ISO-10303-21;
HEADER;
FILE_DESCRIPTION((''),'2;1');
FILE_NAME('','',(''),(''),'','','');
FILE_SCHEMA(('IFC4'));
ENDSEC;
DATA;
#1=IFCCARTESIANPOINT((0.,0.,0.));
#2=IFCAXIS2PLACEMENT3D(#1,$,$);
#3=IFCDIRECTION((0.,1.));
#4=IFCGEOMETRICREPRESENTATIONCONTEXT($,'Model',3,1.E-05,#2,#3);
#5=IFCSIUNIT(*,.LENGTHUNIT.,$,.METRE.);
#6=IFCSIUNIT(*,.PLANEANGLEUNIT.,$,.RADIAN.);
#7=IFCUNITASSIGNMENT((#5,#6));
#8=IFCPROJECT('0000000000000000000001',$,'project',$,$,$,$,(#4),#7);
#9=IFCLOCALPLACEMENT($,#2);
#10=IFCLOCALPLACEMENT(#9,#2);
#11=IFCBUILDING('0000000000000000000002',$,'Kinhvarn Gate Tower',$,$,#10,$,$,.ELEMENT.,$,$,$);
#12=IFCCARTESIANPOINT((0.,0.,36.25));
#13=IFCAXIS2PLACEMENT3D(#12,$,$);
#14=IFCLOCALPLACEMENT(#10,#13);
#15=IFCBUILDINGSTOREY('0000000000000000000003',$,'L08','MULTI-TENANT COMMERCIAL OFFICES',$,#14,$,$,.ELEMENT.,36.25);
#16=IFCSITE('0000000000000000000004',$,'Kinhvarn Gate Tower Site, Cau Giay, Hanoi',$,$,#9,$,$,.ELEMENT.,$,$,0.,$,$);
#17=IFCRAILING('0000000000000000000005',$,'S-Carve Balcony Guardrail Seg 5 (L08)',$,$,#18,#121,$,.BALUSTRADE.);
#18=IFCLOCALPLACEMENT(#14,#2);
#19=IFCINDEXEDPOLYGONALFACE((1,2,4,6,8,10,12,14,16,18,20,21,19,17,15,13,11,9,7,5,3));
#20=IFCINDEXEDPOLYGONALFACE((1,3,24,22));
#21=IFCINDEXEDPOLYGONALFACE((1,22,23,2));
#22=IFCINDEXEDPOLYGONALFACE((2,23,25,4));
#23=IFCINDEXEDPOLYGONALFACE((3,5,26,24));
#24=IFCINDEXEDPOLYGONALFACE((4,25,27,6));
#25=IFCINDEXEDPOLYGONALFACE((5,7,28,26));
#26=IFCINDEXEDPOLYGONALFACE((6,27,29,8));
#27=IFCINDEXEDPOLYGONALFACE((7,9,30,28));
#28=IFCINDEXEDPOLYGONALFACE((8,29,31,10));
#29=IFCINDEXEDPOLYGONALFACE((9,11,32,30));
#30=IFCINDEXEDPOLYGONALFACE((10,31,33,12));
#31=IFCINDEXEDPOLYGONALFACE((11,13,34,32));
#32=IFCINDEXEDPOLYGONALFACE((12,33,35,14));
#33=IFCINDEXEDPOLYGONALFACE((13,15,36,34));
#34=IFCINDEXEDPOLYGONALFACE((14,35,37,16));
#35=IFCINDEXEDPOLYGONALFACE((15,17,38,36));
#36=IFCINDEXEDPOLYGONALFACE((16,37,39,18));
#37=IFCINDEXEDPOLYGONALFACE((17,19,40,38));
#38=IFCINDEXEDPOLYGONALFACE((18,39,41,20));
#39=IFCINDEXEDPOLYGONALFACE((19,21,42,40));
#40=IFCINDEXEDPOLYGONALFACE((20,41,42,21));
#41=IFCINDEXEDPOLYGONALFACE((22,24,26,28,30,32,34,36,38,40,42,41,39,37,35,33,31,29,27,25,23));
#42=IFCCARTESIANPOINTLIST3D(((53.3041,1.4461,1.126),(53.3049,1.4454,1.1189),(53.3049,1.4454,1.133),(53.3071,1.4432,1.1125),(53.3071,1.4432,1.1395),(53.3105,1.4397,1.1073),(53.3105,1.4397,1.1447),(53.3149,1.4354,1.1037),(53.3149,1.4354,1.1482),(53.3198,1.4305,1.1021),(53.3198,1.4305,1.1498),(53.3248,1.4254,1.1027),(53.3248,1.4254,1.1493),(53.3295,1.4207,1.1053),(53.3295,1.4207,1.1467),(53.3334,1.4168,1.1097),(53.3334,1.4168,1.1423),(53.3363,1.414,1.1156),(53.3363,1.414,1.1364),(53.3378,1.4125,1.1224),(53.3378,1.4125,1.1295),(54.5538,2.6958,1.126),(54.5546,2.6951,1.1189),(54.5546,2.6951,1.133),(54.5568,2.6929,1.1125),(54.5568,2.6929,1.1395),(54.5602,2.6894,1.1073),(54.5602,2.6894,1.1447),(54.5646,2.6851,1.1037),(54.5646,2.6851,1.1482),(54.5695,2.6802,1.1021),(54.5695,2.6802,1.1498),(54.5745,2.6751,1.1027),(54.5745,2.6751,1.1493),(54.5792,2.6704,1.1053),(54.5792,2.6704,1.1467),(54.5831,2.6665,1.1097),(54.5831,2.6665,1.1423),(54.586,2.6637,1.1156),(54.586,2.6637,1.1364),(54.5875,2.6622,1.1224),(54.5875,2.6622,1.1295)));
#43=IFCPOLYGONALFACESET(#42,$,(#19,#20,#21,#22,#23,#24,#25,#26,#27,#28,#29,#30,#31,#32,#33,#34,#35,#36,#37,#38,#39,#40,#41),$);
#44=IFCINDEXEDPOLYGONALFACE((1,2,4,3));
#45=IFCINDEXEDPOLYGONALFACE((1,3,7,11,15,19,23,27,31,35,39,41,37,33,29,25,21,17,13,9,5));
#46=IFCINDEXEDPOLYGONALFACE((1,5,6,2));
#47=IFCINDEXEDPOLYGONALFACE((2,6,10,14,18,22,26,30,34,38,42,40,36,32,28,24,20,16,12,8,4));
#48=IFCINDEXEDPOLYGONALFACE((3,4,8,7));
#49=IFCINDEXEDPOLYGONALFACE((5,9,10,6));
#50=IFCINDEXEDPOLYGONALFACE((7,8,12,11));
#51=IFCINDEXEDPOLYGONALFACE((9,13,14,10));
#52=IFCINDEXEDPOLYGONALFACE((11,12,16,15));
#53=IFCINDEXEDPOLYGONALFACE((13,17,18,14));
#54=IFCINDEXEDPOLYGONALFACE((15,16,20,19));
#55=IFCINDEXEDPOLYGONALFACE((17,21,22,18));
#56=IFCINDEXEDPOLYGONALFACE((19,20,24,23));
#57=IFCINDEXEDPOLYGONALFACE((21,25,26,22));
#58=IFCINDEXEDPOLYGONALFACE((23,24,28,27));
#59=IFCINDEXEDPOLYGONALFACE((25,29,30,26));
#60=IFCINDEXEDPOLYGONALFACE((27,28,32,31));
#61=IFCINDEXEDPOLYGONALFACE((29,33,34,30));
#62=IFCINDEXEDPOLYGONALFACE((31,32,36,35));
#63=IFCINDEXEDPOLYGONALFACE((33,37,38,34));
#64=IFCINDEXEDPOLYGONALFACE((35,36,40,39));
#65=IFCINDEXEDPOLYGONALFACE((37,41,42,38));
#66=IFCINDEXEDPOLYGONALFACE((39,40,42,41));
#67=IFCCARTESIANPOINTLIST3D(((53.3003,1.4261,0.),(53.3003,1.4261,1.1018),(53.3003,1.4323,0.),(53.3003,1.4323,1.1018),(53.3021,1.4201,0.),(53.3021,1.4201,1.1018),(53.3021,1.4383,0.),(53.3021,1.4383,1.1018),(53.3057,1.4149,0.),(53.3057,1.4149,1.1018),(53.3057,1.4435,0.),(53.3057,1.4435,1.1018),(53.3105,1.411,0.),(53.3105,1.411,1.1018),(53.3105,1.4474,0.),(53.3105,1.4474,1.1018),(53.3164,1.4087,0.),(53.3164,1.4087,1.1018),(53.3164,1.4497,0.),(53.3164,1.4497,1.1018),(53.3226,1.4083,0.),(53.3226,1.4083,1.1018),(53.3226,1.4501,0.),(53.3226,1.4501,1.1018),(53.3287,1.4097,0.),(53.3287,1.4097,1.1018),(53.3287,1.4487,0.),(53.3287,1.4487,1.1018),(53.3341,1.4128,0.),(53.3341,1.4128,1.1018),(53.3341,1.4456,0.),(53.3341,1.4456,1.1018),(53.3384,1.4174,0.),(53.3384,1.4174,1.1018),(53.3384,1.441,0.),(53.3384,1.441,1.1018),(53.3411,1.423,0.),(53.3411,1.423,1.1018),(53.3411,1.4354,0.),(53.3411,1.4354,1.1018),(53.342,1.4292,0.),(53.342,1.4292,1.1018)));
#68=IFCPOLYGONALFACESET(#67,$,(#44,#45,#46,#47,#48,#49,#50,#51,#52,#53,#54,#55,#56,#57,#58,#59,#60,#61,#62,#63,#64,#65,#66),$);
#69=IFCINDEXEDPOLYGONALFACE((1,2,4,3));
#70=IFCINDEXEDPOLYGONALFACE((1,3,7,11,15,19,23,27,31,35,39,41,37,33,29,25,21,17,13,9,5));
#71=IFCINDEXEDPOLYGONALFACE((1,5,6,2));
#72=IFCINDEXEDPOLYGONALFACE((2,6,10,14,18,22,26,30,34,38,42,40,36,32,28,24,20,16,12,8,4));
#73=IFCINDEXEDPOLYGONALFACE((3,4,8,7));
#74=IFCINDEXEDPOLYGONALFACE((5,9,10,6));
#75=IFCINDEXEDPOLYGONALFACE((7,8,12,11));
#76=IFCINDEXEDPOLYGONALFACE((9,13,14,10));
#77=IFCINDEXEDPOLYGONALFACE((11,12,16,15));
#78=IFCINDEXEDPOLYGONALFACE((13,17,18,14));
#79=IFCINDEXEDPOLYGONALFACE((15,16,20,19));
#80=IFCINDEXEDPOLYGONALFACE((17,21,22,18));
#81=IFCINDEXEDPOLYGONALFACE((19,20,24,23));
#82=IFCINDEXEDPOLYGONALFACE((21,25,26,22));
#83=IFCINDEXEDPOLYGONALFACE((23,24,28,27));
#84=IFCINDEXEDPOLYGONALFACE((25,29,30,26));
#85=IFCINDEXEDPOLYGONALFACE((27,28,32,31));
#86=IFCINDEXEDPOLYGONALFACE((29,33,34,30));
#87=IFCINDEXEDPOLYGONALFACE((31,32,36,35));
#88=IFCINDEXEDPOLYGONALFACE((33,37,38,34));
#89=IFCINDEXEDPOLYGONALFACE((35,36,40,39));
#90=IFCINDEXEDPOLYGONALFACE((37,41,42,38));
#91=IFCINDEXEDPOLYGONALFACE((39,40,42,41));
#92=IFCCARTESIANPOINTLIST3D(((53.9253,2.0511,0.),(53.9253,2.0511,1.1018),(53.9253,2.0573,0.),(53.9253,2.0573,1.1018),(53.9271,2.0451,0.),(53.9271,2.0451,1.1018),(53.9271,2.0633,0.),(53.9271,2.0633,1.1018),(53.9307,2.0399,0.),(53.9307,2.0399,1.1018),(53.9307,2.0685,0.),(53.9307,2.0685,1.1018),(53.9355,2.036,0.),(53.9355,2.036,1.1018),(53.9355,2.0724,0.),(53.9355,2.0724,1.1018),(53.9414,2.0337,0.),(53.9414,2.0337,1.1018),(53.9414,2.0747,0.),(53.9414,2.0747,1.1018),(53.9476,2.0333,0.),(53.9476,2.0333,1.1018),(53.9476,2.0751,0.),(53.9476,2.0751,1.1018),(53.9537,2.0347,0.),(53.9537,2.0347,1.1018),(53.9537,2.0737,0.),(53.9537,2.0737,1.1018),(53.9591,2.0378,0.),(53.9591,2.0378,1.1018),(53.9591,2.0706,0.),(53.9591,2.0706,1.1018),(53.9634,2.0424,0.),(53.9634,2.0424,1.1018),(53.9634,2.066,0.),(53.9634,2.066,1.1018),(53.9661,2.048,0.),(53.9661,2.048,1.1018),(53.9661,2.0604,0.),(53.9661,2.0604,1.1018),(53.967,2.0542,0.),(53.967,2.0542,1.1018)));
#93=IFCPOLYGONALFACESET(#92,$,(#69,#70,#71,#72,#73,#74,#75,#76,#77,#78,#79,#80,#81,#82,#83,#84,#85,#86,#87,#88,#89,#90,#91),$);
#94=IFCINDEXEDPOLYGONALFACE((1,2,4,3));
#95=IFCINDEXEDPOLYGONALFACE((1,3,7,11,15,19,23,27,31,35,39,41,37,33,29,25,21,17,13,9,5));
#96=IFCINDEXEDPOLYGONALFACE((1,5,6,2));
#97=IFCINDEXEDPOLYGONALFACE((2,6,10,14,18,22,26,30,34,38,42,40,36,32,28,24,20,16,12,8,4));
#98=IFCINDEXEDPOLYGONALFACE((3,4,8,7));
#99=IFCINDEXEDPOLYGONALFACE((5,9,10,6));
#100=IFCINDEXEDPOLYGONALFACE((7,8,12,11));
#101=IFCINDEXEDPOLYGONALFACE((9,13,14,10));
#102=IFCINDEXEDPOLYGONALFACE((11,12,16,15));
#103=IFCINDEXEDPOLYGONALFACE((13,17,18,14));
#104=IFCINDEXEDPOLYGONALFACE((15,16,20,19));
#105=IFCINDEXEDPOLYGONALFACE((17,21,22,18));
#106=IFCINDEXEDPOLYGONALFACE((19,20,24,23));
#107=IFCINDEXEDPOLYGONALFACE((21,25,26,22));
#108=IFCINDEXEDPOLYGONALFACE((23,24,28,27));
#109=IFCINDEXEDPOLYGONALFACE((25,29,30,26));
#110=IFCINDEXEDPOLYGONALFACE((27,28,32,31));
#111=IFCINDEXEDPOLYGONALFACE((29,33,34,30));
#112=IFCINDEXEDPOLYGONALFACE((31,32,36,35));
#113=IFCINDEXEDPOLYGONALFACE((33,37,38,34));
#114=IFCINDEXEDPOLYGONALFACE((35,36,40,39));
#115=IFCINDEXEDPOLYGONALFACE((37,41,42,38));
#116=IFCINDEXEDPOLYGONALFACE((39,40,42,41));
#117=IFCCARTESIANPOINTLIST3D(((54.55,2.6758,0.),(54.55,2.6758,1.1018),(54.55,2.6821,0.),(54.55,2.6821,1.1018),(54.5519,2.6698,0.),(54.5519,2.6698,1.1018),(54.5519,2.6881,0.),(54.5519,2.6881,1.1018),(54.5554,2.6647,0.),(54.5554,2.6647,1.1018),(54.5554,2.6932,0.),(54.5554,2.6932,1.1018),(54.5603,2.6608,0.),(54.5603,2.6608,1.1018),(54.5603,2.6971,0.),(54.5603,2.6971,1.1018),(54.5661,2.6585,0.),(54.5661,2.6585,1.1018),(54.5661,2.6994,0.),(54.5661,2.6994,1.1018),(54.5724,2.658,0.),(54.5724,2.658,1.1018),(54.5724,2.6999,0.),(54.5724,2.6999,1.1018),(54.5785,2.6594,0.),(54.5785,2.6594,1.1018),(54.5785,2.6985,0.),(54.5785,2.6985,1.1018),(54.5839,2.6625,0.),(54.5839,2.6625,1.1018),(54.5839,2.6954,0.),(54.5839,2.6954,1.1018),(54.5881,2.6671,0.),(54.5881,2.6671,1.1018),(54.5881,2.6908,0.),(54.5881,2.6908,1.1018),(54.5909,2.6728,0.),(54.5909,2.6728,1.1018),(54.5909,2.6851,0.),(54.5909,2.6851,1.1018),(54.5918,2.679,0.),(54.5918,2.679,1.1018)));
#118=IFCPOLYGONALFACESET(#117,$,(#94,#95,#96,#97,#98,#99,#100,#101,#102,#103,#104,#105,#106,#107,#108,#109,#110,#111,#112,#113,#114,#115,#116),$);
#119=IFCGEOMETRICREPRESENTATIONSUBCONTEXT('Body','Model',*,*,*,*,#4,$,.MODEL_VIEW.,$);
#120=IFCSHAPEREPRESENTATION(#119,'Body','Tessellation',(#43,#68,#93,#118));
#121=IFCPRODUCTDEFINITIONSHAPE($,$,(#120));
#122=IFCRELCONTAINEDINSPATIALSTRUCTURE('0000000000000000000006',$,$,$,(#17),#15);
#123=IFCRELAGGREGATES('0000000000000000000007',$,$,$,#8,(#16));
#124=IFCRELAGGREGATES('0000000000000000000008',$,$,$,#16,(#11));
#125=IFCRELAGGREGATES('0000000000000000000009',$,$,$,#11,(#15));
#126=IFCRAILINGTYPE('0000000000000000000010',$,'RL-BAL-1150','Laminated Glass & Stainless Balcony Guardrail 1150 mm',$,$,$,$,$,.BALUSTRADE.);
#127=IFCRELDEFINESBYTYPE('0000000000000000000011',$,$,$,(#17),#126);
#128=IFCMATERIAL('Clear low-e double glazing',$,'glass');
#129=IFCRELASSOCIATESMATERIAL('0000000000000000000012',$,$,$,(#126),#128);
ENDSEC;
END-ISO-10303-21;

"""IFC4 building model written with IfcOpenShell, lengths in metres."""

from ifc_helpers import new_model, si_unit, direction, frame, origin, origin_2d, place, context, subcontext, project, spatial, circle, extrude, material, type_object, element, save


model = new_model("IFC4")

# Units and contexts
model_context = context("Model", 3, precision=1e-05, world=origin(), true_north=direction((0.0, 1.0)))
body_context = subcontext(model_context, "Body", "Model", "MODEL_VIEW")
ifc_project = project(units=[si_unit("LENGTHUNIT", "METRE"), si_unit("PLANEANGLEUNIT", "RADIAN")], contexts=[model_context])

# Site, building, storey
site_placement = place(None, origin())
site = spatial("IfcSite", under=ifc_project, at=site_placement, Name="Kinhvarn Gate Tower Site, Cau Giay, Hanoi", CompositionType="ELEMENT", RefElevation=0.0)
building_placement = place(site_placement, origin())
building = spatial("IfcBuilding", under=site, at=building_placement, Name="Kinhvarn Gate Tower", CompositionType="ELEMENT")
storey_placement = place(building_placement, frame((0.0, 0.0, 36.25)))
storey = spatial("IfcBuildingStorey", under=building, at=storey_placement, Name="L08", Description="MULTI-TENANT COMMERCIAL OFFICES", CompositionType="ELEMENT", Elevation=36.25)

# Shared definitions
ifc_material_1 = material(Name="Clear low-e double glazing", Category="glass")

# Railing
railing_type = type_object("IfcRailingType", Name="RL-BAL-1150", Description="Laminated Glass & Stainless Balcony Guardrail 1150 mm", PredefinedType="BALUSTRADE", material=ifc_material_1)
railing_1_placement = place(storey_placement, frame((53.321, 1.4292, 0.0)))
element("IfcRailing", 1, at=railing_1_placement, inside=storey, type_object=railing_type, Name="S-Carve Balcony Guardrail Seg 5 (L08)", PredefinedType="BALUSTRADE", context=body_context, shape_type="SweptSolid", body=[
    extrude(circle(Radius=0.0239, at=origin_2d()), frame((0.0, 0.0, 1.126), z_axis=(0.707107, 0.707107, 0.0), x_axis=(-0.707107, 0.707107, 0.0)), (0.0, 0.0, 1.0), 1.7673),
    extrude(circle(Radius=0.021, at=origin_2d()), origin(), (0.0, 0.0, 1.0), 1.1018),
    extrude(circle(Radius=0.021, at=origin_2d()), frame((0.625, 0.625, 0.0)), (0.0, 0.0, 1.0), 1.1018),
    extrude(circle(Radius=0.021, at=origin_2d()), frame((1.2498, 1.2498, 0.0)), (0.0, 0.0, 1.0), 1.1018),
])

save(model, "model.ifc")
